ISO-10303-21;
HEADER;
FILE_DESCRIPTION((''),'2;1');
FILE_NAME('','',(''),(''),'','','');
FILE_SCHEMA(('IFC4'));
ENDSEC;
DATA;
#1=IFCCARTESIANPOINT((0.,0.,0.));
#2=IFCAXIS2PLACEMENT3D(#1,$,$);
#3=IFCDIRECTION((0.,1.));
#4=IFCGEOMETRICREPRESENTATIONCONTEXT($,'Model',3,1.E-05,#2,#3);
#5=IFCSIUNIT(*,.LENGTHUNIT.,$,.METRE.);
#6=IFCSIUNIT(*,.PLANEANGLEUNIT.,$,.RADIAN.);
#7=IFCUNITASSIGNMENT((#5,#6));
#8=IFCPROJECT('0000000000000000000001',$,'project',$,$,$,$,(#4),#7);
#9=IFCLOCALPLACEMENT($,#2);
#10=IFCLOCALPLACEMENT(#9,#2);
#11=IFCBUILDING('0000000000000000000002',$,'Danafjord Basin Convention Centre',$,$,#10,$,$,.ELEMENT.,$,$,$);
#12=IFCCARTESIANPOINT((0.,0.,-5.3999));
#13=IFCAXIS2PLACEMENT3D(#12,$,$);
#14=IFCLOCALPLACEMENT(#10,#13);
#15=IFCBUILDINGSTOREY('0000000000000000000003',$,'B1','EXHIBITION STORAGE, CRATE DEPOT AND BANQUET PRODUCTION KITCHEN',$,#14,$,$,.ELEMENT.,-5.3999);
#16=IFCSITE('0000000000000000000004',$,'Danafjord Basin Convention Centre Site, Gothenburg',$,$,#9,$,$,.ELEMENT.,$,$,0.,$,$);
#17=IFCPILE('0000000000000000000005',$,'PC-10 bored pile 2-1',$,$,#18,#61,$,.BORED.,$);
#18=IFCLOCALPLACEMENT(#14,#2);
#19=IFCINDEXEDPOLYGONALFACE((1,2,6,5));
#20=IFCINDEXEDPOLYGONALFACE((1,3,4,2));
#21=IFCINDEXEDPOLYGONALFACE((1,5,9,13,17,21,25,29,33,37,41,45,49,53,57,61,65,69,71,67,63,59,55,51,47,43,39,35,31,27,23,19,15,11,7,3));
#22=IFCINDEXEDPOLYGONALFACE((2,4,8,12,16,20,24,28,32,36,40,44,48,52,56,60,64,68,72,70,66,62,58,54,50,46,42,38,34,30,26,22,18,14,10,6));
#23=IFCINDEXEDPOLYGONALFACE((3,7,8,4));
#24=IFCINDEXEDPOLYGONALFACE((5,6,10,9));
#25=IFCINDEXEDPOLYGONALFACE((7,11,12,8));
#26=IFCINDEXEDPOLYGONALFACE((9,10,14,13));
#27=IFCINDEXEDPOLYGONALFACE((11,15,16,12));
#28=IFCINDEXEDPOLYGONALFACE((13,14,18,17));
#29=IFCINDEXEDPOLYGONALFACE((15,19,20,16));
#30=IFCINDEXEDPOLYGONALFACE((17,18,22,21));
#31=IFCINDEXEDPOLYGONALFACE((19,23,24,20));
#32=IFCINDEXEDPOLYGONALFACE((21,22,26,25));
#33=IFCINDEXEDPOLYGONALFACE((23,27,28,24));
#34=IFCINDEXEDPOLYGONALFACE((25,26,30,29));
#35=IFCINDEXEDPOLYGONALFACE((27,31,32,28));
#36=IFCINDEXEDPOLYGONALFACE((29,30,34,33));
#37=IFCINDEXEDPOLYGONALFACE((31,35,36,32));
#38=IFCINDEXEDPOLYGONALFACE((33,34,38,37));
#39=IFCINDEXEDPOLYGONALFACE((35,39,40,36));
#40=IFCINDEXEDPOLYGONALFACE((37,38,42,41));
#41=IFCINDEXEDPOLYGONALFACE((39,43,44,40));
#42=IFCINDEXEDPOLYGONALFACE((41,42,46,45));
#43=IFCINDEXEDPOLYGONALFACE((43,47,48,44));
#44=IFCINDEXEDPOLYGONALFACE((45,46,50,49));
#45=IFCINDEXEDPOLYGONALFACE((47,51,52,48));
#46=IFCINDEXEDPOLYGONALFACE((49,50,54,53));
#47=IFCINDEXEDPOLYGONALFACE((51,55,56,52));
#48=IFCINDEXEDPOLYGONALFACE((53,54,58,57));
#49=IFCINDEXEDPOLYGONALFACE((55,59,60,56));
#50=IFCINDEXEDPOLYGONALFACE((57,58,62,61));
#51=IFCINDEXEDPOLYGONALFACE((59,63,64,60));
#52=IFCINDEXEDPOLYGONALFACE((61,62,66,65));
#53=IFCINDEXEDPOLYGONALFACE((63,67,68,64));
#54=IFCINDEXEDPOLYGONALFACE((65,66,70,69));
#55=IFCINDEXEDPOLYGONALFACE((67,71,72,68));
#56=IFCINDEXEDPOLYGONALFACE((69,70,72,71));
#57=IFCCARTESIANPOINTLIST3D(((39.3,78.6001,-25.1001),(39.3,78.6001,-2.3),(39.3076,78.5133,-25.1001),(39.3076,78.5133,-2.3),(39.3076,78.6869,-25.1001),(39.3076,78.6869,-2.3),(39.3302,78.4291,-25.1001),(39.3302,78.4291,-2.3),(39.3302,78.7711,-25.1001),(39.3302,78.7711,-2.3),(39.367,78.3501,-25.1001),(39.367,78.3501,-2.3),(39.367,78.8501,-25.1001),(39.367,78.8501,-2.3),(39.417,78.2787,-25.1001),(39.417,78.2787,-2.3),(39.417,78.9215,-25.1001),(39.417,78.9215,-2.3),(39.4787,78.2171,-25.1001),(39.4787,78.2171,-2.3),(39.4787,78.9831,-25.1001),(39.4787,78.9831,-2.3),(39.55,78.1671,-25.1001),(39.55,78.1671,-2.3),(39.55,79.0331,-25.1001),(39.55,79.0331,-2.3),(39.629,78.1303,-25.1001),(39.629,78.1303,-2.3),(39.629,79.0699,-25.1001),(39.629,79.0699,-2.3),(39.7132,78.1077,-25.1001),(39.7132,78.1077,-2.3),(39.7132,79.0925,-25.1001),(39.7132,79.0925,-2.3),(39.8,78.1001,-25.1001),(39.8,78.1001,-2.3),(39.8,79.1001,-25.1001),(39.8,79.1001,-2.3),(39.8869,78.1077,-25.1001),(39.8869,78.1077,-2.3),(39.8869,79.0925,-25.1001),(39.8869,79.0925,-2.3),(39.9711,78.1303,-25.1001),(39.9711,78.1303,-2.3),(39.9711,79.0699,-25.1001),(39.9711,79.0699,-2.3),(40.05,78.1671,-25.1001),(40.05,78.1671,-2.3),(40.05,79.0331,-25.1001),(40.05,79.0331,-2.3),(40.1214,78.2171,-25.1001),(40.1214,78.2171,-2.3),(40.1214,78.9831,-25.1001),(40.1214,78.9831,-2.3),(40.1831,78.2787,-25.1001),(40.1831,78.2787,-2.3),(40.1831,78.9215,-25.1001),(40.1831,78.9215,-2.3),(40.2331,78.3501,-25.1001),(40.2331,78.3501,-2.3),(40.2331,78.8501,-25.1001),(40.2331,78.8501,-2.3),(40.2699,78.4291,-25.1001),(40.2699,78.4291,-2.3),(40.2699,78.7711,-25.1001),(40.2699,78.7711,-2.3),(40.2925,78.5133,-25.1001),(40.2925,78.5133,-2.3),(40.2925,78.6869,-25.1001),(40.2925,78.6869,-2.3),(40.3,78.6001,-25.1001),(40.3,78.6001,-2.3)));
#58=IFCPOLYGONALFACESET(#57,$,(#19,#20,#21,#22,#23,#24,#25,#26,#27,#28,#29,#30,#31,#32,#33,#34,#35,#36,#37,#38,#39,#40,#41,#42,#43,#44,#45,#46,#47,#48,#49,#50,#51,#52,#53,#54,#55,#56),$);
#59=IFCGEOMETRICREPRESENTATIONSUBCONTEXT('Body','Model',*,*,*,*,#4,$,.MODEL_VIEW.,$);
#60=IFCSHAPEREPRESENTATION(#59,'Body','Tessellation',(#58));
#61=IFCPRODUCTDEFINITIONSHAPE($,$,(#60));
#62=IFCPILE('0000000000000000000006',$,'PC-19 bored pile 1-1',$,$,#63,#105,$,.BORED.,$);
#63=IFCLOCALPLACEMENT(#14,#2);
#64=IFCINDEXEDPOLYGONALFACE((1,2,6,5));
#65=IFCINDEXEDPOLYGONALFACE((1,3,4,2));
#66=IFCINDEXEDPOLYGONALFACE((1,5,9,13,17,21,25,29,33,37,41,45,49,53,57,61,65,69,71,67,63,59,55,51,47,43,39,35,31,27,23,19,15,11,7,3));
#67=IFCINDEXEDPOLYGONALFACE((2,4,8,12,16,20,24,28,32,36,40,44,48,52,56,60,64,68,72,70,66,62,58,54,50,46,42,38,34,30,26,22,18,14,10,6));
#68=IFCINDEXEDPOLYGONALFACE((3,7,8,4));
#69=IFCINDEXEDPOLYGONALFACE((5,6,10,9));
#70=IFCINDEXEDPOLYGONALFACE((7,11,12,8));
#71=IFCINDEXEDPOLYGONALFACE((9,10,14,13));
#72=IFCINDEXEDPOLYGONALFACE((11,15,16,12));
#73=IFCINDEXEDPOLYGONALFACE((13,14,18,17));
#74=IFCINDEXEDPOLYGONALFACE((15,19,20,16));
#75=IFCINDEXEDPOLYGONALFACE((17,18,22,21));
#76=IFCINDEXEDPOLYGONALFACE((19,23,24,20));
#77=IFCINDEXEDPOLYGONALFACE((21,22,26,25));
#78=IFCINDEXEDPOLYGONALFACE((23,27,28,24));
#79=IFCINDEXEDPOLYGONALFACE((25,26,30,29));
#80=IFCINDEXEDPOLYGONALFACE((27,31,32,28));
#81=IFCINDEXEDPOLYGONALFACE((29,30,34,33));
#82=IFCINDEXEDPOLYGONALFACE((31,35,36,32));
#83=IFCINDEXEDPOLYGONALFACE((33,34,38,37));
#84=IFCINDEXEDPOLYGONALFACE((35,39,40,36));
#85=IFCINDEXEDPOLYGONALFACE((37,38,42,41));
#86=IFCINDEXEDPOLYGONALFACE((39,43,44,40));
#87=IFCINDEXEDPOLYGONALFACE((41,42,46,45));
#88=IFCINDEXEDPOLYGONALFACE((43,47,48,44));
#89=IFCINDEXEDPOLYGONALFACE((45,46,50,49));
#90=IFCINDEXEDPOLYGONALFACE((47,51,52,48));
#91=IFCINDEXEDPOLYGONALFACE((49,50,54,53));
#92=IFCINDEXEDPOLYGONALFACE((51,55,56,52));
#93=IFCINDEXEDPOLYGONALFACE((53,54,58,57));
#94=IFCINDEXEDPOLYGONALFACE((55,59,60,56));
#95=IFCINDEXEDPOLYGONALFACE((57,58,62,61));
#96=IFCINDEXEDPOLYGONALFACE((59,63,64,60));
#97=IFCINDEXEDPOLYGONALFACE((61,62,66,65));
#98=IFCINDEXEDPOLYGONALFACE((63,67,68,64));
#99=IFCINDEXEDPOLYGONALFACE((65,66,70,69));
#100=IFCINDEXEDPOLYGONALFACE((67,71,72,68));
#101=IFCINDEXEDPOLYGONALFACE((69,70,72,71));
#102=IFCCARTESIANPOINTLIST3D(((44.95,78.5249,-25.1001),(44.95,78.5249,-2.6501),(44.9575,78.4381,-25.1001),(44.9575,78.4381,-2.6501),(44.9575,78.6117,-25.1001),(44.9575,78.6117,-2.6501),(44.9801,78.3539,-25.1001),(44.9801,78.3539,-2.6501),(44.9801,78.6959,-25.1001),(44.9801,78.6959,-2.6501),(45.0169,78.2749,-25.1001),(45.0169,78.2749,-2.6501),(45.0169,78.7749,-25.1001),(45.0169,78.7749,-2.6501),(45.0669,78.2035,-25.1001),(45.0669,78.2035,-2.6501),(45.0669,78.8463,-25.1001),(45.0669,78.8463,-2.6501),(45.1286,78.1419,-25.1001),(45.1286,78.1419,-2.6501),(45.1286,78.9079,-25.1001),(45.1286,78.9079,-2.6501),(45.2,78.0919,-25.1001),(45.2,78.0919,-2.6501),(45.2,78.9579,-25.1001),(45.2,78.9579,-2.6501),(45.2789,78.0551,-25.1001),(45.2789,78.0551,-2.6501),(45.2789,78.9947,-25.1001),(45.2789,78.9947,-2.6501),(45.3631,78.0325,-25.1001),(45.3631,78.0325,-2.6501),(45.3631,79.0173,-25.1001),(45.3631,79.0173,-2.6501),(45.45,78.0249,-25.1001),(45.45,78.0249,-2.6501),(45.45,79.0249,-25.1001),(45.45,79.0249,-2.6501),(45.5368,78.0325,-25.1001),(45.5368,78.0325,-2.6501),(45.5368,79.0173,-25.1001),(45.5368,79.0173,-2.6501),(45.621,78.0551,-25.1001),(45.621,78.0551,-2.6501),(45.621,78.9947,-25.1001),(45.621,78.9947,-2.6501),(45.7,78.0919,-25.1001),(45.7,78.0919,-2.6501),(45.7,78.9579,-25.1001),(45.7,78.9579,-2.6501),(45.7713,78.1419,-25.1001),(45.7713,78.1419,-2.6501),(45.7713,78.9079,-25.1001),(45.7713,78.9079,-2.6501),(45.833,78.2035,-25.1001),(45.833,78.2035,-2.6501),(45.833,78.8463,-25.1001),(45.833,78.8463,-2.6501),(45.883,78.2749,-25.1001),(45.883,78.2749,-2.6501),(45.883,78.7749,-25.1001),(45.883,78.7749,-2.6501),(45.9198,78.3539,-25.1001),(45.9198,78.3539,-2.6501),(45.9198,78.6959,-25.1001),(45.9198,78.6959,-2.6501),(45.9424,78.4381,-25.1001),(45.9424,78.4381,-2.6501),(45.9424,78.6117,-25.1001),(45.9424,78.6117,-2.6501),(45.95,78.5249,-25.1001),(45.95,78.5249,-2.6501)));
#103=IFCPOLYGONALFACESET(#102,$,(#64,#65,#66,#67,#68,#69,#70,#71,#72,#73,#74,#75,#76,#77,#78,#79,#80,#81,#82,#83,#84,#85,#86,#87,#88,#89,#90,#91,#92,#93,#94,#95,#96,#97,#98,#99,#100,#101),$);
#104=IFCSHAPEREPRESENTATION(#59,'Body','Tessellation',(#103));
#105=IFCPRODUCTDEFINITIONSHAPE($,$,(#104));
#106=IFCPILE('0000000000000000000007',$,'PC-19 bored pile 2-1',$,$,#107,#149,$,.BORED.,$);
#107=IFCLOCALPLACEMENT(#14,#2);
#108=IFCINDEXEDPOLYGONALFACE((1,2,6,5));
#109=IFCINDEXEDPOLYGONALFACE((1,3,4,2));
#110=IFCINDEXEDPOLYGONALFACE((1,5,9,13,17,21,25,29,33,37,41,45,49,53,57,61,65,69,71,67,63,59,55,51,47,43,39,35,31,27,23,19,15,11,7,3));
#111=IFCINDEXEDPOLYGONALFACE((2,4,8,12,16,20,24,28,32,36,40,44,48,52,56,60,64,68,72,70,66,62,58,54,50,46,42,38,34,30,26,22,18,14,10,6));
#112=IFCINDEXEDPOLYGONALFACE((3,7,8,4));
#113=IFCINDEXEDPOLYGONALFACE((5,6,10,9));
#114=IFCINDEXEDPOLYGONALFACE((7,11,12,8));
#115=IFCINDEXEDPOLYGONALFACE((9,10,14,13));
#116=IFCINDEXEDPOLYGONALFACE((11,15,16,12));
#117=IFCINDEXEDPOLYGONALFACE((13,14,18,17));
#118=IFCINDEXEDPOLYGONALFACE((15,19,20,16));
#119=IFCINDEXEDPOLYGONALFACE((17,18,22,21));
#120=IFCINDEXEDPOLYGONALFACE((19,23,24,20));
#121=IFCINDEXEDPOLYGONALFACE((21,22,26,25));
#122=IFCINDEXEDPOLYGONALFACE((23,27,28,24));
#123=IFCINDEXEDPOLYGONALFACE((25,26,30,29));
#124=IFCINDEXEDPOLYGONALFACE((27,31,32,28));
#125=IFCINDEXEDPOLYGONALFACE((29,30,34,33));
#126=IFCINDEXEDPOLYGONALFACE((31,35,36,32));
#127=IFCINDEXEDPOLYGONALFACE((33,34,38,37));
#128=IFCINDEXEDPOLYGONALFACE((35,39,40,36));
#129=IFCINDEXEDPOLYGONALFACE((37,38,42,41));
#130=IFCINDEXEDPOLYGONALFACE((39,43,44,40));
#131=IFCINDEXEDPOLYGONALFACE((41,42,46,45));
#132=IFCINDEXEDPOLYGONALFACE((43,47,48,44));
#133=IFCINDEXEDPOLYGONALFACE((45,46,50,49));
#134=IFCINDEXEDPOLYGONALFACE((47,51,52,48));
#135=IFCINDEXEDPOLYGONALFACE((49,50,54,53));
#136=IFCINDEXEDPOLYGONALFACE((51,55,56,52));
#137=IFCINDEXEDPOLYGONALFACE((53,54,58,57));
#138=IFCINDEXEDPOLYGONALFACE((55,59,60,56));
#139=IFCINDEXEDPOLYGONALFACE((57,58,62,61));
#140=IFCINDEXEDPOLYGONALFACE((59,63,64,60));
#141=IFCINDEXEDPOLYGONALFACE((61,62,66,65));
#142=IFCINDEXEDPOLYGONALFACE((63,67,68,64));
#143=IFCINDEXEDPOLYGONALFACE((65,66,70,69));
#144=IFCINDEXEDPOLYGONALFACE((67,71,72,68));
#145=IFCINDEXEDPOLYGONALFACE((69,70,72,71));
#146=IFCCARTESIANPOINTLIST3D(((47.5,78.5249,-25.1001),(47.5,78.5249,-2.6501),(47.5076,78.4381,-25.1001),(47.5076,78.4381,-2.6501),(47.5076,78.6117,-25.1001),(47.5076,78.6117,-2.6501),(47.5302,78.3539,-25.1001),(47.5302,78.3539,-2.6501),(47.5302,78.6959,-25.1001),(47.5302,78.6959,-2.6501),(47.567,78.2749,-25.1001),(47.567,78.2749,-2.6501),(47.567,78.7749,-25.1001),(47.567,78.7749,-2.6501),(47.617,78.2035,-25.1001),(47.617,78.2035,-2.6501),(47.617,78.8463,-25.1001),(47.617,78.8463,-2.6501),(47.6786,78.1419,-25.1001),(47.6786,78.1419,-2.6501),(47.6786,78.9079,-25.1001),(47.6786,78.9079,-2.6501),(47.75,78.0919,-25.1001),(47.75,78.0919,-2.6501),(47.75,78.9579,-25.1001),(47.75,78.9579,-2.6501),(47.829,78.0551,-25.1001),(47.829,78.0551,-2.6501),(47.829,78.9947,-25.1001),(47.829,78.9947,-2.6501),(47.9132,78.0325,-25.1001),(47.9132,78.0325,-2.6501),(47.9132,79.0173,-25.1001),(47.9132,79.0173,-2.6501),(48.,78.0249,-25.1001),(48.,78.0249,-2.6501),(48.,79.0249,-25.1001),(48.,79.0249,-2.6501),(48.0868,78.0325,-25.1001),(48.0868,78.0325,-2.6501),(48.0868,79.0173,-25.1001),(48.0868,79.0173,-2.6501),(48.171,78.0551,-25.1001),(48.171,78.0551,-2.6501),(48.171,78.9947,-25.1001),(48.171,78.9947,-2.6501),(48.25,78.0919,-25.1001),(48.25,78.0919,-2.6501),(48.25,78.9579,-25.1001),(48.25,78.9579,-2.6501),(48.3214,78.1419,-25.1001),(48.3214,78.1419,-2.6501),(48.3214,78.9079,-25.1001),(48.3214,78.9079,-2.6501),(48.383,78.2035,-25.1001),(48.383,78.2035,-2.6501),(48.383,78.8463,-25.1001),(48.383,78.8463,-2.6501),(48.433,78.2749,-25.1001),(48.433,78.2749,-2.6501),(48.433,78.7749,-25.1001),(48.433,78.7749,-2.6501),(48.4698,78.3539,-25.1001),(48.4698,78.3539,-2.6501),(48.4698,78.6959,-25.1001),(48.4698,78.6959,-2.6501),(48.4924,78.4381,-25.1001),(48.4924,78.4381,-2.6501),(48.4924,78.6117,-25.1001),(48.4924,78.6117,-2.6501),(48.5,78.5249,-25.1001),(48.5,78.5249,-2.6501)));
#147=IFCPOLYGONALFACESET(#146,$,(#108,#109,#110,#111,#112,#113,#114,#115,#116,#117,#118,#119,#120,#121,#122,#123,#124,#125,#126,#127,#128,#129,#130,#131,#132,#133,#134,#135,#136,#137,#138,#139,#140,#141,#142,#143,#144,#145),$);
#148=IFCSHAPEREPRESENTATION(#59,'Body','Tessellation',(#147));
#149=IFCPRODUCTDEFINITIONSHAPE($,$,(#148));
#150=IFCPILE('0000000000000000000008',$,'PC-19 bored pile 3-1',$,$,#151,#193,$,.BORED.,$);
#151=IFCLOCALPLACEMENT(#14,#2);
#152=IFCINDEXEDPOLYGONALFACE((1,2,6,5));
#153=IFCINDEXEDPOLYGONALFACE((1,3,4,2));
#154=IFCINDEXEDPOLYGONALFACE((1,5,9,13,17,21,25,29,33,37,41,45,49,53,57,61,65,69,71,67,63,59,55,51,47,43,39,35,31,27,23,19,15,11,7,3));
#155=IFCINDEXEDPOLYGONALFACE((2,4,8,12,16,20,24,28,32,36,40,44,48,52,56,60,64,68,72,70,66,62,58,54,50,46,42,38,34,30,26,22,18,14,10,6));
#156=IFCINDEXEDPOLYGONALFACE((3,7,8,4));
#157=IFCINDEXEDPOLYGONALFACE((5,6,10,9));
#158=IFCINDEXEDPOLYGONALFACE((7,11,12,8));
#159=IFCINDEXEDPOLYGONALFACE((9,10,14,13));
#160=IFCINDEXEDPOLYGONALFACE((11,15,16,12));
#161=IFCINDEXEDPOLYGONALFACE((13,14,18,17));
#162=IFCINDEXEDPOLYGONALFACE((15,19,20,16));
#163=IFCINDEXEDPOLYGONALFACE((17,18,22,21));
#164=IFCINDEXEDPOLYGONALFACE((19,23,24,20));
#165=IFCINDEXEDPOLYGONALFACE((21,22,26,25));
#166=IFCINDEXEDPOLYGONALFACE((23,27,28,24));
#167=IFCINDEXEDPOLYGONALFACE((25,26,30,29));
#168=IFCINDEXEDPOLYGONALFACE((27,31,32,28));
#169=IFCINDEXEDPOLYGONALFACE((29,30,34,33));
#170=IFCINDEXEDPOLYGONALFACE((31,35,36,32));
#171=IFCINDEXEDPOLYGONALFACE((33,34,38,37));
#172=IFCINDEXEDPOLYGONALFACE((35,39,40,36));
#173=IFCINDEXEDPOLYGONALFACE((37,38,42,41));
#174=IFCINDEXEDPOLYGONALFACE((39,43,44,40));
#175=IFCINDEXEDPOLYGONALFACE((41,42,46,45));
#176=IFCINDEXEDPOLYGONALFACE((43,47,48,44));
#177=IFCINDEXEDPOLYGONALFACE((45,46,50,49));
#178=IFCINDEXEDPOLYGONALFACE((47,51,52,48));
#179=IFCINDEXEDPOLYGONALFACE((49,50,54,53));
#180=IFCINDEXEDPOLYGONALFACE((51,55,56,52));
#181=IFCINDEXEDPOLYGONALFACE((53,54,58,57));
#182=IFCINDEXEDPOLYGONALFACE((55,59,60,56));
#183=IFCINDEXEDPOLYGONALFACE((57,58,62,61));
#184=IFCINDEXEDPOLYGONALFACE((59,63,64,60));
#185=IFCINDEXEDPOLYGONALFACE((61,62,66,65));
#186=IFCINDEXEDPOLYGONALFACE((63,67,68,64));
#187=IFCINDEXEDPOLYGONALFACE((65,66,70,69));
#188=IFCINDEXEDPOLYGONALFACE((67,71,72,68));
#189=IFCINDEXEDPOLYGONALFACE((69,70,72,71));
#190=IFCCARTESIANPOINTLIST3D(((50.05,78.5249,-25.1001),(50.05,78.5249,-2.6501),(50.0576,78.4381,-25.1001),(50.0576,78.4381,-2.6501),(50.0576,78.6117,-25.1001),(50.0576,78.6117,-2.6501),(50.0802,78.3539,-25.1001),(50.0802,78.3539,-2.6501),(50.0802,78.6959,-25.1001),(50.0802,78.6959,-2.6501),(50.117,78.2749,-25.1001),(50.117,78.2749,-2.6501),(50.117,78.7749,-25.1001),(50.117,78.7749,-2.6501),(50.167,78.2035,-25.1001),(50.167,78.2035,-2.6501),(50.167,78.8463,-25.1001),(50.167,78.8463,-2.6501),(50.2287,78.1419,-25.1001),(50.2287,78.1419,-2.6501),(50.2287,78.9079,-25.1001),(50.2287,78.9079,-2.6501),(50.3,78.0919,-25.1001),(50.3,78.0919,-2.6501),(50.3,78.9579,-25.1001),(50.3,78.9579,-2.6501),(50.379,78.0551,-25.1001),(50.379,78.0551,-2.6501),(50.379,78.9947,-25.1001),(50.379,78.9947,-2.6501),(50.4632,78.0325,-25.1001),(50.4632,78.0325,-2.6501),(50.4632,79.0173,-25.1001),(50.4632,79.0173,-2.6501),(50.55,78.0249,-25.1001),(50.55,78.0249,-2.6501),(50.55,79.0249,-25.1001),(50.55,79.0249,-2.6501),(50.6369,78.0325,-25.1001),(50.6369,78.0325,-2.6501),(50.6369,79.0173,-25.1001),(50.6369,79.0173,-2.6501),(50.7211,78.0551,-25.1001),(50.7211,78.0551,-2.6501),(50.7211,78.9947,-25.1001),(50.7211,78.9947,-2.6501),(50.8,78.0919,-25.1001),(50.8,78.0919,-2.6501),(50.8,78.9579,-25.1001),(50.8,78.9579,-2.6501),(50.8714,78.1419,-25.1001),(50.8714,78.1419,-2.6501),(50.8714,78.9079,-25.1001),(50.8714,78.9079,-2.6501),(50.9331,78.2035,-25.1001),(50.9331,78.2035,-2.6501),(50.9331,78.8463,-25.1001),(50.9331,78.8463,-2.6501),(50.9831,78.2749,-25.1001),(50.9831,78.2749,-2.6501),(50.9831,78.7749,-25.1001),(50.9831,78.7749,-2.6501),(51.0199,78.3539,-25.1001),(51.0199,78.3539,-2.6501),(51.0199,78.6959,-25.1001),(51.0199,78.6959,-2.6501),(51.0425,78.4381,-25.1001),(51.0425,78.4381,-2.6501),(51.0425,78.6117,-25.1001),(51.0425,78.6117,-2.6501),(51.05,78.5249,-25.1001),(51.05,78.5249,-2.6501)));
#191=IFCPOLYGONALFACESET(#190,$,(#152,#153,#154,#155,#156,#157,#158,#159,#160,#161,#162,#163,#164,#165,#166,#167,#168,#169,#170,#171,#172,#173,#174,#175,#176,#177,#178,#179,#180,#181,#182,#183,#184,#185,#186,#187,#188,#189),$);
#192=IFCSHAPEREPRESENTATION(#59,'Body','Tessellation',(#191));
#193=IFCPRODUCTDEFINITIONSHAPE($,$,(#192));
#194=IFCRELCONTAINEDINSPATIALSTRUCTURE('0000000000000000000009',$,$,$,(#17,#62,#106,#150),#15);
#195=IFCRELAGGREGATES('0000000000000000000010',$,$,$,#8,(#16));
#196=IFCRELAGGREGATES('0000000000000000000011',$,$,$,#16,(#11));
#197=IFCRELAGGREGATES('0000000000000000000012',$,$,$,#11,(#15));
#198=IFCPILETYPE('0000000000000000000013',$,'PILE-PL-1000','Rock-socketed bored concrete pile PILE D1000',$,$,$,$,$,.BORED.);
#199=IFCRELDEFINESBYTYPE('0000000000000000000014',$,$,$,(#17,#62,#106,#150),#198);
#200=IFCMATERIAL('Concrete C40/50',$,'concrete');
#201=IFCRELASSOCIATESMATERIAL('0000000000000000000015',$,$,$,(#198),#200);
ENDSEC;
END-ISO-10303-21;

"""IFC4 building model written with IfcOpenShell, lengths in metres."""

from ifc_helpers import new_model, si_unit, direction, frame, origin, origin_2d, place, context, subcontext, project, spatial, circle, extrude, material, material_profile, profile_set, type_object, element, save


model = new_model("IFC4")

# Units and contexts
model_context = context("Model", 3, precision=1e-05, world=origin(), true_north=direction((0.0, 1.0)))
body_context = subcontext(model_context, "Body", "Model", "MODEL_VIEW")
ifc_project = project(units=[si_unit("LENGTHUNIT", "METRE"), si_unit("PLANEANGLEUNIT", "RADIAN")], contexts=[model_context])

# Site, building, storey
site_placement = place(None, origin())
site = spatial("IfcSite", under=ifc_project, at=site_placement, Name="Danafjord Basin Convention Centre Site, Gothenburg", CompositionType="ELEMENT", RefElevation=0.0)
building_placement = place(site_placement, origin())
building = spatial("IfcBuilding", under=site, at=building_placement, Name="Danafjord Basin Convention Centre", CompositionType="ELEMENT")
storey_placement = place(building_placement, frame((0.0, 0.0, -5.3999)))
storey = spatial("IfcBuildingStorey", under=building, at=storey_placement, Name="B1", Description="EXHIBITION STORAGE, CRATE DEPOT AND BANQUET PRODUCTION KITCHEN", CompositionType="ELEMENT", Elevation=-5.3999)

# Shared definitions
ifc_material_1 = material(Name="Concrete C40/50", Category="concrete")

# Piles
ifc_material_profile_1 = material_profile(ifc_material_1, circle(Radius=0.5, at=origin_2d()), Name="PILE D1000")
ifc_profile_set_1 = profile_set([ifc_material_profile_1], Name="Concrete C40/50")
pile_type_1 = type_object("IfcPileType", Name="PILE-PL-1000", Description="Rock-socketed bored concrete pile PILE D1000", PredefinedType="BORED", material=ifc_profile_set_1)
pile_placement = place(storey_placement, frame((39.8, 78.6001, -2.3), z_axis=(0.0, 0.0, -1.0), x_axis=(1.0, 0.0, 0.0)))
element("IfcPile", 1, at=pile_placement, inside=storey, type_object=pile_type_1, Name="PC-10 bored pile 2-1", PredefinedType="BORED", context=body_context, shape_type="SweptSolid", body=[
    extrude(circle(Radius=0.5, at=origin_2d()), origin(), (0.0, 0.0, 1.0), 22.8),
])
for number, where, z_axis, x_axis, name in (
    (2, (45.45, 78.5249, -2.6501), (0.0, 0.0, -1.0), (1.0, 0.0, 0.0), "PC-19 bored pile 1-1"),
    (3, (48.0, 78.5249, -2.6501), (0.0, 0.0, -1.0), (1.0, 0.0, 0.0), "PC-19 bored pile 2-1"),
    (4, (50.55, 78.5249, -2.6501), (0.0, 0.0, -1.0), (1.0, 0.0, 0.0), "PC-19 bored pile 3-1"),
):
    element("IfcPile", number, at=place(storey_placement, frame(where, z_axis=z_axis, x_axis=x_axis)), inside=storey, type_object=pile_type_1, Name=name, PredefinedType="BORED", context=body_context, shape_type="SweptSolid", body=[
        extrude(circle(Radius=0.5, at=origin_2d()), origin(), (0.0, 0.0, 1.0), 22.45),
    ])

save(model, "model.ifc")
